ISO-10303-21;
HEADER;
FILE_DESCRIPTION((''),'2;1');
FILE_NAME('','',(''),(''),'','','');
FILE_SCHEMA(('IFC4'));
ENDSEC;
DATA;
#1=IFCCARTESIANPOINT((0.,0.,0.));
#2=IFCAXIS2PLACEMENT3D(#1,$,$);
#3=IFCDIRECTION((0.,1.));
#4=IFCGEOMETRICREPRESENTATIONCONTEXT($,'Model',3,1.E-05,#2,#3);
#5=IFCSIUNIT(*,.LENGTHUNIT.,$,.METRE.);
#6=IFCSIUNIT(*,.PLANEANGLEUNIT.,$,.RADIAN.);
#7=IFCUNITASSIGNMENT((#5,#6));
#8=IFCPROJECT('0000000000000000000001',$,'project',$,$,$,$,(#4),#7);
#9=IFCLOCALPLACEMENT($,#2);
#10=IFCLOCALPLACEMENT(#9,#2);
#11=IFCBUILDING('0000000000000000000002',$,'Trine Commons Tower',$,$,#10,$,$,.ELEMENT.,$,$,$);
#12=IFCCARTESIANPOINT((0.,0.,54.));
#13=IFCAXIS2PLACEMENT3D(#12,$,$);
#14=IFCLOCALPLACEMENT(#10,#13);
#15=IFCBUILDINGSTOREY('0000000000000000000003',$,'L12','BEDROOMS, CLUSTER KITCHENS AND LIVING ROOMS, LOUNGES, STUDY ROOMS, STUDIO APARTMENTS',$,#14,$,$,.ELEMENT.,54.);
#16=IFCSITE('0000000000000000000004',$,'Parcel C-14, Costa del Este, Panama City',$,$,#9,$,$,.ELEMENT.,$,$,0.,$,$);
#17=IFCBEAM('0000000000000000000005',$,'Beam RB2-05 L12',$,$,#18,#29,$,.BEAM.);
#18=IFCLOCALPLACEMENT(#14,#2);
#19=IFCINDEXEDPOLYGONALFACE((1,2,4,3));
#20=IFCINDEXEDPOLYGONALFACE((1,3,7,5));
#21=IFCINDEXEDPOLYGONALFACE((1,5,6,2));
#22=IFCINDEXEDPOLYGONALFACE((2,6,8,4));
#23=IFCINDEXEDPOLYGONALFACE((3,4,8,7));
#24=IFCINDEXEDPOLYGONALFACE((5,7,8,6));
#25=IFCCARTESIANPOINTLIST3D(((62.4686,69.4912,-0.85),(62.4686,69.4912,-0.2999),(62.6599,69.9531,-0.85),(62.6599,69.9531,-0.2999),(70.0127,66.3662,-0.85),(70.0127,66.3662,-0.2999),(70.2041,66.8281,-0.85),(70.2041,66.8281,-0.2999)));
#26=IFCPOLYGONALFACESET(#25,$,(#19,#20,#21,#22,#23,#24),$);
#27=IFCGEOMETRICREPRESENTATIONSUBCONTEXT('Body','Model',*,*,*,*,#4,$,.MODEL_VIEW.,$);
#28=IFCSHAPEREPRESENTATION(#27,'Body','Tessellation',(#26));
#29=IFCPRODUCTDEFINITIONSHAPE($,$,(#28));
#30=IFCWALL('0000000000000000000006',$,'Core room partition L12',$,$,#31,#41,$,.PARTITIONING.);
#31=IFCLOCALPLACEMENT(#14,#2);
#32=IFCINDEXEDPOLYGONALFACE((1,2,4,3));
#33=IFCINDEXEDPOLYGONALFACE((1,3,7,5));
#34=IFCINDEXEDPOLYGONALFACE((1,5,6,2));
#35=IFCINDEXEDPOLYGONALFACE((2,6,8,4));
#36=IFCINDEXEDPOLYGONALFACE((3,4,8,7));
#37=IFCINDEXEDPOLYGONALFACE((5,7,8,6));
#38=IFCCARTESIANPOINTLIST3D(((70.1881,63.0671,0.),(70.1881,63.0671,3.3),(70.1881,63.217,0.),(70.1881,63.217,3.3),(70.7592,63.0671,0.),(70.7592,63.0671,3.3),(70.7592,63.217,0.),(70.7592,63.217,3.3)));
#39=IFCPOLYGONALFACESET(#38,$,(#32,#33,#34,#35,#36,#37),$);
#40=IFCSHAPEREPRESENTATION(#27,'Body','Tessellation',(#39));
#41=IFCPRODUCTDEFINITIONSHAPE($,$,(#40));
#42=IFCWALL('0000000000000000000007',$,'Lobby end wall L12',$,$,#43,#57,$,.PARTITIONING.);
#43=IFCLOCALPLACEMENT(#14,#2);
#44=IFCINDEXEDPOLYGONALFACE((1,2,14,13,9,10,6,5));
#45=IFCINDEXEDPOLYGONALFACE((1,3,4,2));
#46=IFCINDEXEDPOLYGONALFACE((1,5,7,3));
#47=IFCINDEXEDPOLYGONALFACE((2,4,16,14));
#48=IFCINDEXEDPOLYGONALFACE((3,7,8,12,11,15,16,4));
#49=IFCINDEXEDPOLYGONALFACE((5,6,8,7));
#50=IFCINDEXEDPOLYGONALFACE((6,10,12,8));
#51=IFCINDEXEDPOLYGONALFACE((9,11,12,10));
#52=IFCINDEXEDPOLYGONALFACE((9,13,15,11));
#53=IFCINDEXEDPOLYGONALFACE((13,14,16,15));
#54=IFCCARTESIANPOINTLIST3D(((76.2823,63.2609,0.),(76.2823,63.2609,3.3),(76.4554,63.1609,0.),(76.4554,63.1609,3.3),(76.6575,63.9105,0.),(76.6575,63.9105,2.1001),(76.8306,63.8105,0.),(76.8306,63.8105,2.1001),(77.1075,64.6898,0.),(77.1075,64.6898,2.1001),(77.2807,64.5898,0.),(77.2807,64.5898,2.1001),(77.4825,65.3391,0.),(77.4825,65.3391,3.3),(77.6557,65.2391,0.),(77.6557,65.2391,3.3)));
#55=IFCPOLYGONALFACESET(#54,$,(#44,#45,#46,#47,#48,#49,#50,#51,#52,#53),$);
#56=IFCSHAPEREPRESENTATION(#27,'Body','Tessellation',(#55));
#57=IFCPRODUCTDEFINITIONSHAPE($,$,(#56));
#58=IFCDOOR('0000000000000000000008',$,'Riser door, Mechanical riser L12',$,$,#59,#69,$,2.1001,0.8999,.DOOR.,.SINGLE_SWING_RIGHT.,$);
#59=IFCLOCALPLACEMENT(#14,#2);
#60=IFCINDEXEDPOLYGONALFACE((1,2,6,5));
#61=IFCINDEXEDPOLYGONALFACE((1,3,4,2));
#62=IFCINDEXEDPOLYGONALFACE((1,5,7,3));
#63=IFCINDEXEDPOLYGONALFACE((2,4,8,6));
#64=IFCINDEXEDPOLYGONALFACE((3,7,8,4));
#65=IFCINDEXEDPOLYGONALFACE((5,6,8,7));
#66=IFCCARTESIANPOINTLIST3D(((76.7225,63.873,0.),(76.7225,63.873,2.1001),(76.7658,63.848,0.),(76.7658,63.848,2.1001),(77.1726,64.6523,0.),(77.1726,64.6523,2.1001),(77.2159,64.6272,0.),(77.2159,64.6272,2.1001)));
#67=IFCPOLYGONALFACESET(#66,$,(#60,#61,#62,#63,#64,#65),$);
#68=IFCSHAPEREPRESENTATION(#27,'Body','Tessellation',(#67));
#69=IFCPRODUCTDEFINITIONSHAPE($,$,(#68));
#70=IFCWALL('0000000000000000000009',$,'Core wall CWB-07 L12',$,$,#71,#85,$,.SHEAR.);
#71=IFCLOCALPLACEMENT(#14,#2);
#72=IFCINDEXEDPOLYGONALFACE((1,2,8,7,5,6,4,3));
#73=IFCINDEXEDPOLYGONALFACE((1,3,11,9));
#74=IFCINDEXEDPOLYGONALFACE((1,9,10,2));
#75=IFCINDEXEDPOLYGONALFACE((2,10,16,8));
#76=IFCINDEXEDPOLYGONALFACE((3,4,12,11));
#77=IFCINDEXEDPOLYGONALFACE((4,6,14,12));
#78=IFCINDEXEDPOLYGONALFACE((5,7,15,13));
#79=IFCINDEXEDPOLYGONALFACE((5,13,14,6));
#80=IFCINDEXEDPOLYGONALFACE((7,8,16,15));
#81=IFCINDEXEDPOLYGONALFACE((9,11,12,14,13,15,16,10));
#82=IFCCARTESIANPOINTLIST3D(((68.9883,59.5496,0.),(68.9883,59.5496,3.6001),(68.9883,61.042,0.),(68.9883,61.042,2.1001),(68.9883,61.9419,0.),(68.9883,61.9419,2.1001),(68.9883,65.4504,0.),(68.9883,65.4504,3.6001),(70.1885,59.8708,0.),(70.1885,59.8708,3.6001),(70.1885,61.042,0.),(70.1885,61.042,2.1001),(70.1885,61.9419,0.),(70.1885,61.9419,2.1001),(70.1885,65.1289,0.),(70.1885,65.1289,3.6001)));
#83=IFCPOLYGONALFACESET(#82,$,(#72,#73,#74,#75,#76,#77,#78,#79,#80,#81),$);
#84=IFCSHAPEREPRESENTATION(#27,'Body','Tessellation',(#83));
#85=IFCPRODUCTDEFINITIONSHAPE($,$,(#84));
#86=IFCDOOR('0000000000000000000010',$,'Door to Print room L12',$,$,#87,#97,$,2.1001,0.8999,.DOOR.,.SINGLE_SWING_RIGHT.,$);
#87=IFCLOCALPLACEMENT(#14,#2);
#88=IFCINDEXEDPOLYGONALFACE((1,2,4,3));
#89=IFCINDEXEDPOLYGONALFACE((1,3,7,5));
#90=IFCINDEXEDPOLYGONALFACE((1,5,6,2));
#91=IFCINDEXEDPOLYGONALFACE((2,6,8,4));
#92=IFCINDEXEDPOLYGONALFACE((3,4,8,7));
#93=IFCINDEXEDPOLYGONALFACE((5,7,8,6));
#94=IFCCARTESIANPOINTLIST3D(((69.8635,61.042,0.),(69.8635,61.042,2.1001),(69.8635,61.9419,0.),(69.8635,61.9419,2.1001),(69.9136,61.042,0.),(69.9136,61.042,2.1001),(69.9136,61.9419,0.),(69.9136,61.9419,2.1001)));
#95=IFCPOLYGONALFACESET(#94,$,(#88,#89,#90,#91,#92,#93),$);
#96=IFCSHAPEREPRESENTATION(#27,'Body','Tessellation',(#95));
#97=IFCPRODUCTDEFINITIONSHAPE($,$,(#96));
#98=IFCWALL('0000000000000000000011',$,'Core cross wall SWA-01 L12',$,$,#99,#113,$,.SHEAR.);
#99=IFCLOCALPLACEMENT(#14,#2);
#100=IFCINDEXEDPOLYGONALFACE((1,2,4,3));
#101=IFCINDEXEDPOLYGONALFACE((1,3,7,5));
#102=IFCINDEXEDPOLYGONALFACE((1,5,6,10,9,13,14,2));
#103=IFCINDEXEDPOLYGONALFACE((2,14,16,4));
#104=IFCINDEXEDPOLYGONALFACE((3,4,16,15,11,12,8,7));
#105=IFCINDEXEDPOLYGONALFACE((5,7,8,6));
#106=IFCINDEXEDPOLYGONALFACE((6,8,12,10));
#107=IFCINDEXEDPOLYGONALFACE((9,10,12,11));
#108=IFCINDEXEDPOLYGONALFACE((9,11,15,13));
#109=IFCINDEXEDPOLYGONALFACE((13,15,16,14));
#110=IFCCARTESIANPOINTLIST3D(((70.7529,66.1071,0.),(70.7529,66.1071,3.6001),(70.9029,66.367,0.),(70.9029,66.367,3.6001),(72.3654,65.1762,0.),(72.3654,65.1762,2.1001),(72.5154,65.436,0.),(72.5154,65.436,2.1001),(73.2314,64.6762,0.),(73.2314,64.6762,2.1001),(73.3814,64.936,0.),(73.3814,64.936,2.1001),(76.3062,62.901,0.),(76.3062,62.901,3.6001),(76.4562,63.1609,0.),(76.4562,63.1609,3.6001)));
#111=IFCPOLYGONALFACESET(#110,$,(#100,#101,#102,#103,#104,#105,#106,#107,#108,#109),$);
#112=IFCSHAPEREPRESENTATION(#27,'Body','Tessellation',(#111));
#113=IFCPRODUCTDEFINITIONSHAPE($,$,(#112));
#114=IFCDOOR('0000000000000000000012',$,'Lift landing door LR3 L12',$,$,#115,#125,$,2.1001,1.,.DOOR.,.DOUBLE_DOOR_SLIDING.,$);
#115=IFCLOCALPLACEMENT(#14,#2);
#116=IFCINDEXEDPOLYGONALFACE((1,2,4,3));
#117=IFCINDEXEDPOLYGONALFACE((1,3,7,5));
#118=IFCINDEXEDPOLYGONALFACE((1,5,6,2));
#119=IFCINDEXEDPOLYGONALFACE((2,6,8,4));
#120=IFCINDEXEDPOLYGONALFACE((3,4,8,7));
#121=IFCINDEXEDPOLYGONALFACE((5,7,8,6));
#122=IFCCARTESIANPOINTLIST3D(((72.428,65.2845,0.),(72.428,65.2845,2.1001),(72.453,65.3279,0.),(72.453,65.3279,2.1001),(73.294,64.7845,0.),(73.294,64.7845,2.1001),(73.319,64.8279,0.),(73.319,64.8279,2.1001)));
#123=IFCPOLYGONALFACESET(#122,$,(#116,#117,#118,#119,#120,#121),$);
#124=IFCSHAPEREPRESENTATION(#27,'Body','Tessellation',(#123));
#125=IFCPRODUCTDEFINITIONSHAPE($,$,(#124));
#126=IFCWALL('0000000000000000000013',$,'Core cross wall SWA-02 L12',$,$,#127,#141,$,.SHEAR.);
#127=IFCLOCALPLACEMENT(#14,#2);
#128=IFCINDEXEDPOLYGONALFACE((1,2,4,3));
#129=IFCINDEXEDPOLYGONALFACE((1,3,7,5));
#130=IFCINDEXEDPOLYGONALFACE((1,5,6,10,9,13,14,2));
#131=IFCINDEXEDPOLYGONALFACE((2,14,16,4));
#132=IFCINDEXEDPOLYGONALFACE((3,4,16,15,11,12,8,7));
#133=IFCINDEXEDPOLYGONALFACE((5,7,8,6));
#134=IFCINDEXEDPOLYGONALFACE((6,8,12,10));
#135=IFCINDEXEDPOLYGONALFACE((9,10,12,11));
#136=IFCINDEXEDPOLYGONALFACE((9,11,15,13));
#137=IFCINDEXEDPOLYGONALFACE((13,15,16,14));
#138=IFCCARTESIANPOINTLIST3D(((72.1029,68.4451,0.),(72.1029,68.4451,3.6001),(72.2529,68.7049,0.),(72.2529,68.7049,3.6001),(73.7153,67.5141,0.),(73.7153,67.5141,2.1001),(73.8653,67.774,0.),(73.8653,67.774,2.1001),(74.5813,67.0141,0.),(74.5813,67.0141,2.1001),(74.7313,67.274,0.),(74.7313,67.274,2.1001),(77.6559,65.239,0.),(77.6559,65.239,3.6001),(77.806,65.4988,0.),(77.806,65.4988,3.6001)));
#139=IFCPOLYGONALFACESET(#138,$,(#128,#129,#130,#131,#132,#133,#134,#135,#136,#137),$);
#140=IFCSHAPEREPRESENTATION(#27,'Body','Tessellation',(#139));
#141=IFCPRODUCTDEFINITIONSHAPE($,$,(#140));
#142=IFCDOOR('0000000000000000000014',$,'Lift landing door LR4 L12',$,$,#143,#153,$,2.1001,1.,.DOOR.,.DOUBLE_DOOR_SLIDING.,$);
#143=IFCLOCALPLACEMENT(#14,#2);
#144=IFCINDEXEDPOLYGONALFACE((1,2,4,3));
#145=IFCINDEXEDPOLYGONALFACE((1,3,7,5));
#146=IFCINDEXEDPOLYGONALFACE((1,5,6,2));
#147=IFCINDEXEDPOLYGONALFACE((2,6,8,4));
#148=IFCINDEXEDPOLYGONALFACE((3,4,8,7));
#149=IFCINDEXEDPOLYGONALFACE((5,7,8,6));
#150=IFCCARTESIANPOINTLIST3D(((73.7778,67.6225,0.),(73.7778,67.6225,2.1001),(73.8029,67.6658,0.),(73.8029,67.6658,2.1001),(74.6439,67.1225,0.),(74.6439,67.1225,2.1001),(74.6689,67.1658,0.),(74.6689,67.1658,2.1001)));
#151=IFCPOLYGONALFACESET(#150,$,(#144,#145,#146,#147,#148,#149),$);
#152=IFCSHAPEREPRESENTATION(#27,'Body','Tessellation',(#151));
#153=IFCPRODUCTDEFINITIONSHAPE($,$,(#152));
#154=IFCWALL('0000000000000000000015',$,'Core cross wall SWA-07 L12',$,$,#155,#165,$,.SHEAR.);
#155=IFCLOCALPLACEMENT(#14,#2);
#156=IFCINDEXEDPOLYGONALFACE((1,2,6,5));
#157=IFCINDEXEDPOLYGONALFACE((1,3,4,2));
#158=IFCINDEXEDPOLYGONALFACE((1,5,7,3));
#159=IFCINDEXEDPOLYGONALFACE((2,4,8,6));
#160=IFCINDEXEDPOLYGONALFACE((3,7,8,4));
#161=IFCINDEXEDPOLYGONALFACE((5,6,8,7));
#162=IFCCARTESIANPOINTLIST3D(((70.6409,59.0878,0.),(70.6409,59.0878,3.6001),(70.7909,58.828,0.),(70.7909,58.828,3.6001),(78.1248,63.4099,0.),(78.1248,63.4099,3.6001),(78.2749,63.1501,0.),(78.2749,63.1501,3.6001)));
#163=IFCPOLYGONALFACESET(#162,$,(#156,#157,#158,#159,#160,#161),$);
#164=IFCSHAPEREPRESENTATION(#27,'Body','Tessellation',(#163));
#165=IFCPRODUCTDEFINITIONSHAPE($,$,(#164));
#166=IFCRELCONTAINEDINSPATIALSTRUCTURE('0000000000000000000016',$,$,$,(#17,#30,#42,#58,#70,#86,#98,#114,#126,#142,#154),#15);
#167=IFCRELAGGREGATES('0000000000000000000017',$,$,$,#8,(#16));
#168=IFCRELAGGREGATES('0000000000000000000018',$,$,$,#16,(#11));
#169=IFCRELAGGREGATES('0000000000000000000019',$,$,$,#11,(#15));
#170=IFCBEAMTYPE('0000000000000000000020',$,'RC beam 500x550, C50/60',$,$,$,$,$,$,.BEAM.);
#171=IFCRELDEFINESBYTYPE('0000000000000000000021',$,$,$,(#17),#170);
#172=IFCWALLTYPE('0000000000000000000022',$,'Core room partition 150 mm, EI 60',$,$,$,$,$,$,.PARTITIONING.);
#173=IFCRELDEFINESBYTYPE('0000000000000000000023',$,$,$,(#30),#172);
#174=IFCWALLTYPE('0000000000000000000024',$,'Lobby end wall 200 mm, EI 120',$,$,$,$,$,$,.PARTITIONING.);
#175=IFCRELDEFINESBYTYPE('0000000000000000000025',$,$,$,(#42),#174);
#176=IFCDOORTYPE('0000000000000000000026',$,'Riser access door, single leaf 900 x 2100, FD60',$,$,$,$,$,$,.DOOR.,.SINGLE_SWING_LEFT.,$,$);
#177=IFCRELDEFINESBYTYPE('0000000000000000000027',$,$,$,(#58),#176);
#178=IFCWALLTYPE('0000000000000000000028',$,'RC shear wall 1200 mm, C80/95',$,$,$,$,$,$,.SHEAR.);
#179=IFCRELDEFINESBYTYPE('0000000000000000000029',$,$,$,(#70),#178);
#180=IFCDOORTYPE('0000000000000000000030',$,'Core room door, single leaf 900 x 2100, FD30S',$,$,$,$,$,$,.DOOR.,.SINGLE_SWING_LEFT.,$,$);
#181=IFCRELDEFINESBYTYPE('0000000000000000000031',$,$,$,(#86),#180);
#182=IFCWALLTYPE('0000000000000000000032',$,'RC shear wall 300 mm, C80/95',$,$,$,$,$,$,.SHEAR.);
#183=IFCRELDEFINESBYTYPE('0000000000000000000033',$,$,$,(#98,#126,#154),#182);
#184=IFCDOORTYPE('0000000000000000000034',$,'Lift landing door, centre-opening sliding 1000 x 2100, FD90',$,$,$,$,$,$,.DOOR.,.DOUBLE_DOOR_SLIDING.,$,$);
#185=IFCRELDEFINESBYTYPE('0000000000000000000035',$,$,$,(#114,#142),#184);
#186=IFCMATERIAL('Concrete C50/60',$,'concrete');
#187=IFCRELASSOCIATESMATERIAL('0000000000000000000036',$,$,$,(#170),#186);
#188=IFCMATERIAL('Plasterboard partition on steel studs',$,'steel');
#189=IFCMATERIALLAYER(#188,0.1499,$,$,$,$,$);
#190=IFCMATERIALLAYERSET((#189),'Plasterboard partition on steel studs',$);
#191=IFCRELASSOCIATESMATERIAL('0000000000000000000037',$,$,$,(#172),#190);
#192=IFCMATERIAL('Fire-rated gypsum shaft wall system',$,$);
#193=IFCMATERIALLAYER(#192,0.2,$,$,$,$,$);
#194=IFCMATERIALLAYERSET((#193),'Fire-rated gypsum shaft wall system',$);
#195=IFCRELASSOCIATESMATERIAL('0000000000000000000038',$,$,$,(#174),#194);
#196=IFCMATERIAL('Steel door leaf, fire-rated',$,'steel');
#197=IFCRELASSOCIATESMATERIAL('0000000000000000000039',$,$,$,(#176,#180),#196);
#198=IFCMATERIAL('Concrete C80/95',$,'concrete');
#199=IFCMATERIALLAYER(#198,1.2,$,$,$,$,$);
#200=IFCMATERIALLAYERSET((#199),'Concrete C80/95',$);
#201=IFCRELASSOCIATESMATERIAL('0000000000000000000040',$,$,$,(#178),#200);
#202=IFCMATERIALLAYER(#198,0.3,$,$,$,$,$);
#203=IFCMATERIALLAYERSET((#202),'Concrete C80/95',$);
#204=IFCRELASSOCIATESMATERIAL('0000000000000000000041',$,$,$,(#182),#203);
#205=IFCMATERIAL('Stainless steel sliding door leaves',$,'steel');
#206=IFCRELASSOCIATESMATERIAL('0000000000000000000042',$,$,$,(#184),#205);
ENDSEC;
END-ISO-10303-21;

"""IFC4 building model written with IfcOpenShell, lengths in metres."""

from ifc_helpers import new_model, si_unit, direction, frame, frame_2d, origin, origin_2d, place, context, subcontext, project, spatial, polyline, rectangle, outline, extrude, material, layer, layer_set, material_profile, profile_set, type_object, element, fill, save


model = new_model("IFC4")

# Units and contexts
model_context = context("Model", 3, precision=1e-05, world=origin(), true_north=direction((0.0, 1.0)))
body_context = subcontext(model_context, "Body", "Model", "MODEL_VIEW")
ifc_project = project(units=[si_unit("LENGTHUNIT", "METRE"), si_unit("PLANEANGLEUNIT", "RADIAN")], contexts=[model_context])

# Site, building, storey
site_placement = place(None, origin())
site = spatial("IfcSite", under=ifc_project, at=site_placement, Name="Parcel C-14, Costa del Este, Panama City", CompositionType="ELEMENT", RefElevation=0.0)
building_placement = place(site_placement, origin())
building = spatial("IfcBuilding", under=site, at=building_placement, Name="Trine Commons Tower", CompositionType="ELEMENT")
storey_placement = place(building_placement, frame((0.0, 0.0, 54.0)))
storey = spatial("IfcBuildingStorey", under=building, at=storey_placement, Name="L12", Description="BEDROOMS, CLUSTER KITCHENS AND LIVING ROOMS, LOUNGES, STUDY ROOMS, STUDIO APARTMENTS", CompositionType="ELEMENT", Elevation=54.0)

# Beam
ifc_material_1 = material(Name="Concrete C50/60", Category="concrete")
ifc_material_profile = material_profile(ifc_material_1, rectangle(XDim=0.5, YDim=0.55, at=origin_2d()), Name="RC 500x550")
ifc_profile_set = profile_set([ifc_material_profile], Name="Concrete C50/60")
beam_type = type_object("IfcBeamType", Name="RC beam 500x550, C50/60", PredefinedType="BEAM", material=ifc_profile_set)
beam_placement = place(storey_placement, frame((70.1084, 66.5972, -0.575), z_axis=(-0.923875, 0.382693, 0.0), x_axis=(-0.382693, -0.923875, 0.0)))
element("IfcBeam", 1, at=beam_placement, inside=storey, type_object=beam_type, Name="Beam RB2-05 L12", PredefinedType="BEAM", context=body_context, shape_type="SweptSolid", body=[
    extrude(rectangle(XDim=0.5, YDim=0.55, at=origin_2d()), origin(), (0.0, 0.0, 1.0), 8.1658),
])

# Wall
ifc_material_2 = material(Name="Plasterboard partition on steel studs", Category="steel")
ifc_layer_1 = layer(ifc_material_2, 0.1499)
ifc_layer_set_1 = layer_set([ifc_layer_1], Name="Plasterboard partition on steel studs")
wall_type_1 = type_object("IfcWallType", Name="Core room partition 150 mm, EI 60", PredefinedType="PARTITIONING", material=ifc_layer_set_1)
wall_1_placement = place(storey_placement, frame((70.188, 63.1421, 0.0), z_axis=(0.0, 0.0, 1.0), x_axis=(1.0, 0.0, 0.0)))
element("IfcWall", 2, at=wall_1_placement, inside=storey, type_object=wall_type_1, Name="Core room partition L12", PredefinedType="PARTITIONING", context=body_context, shape_type="SweptSolid", body=[
    extrude(rectangle(XDim=0.571, YDim=0.1499, at=frame_2d((0.2856, 0.0))), origin(), (0.0, 0.0, 1.0), 3.3),
])

# Walls, openings, doors
ifc_material_3 = material(Name="Fire-rated gypsum shaft wall system")
ifc_layer_2 = layer(ifc_material_3, 0.2)
ifc_layer_set_2 = layer_set([ifc_layer_2], Name="Fire-rated gypsum shaft wall system")
wall_type_2 = type_object("IfcWallType", Name="Lobby end wall 200 mm, EI 120", PredefinedType="PARTITIONING", material=ifc_layer_set_2)
wall_2_placement = place(storey_placement, frame((77.5691, 65.2891, 0.0), z_axis=(0.0, 0.0, 1.0), x_axis=(-0.500122, -0.865955, 0.0)))
wall_2 = element("IfcWall", 3, at=wall_2_placement, inside=storey, type_object=wall_type_2, Name="Lobby end wall L12", PredefinedType="PARTITIONING", context=body_context, shape_type="SweptSolid", body=[
    extrude(rectangle(XDim=2.3999, YDim=0.2, at=frame_2d((1.2, 0.0))), origin(), (0.0, 0.0, 1.0), 3.3),
])
opening_1_placement = place(wall_2_placement, frame((0.7498, 0.0, 0.0)))
opening_1 = element("IfcOpeningElement", 4, at=opening_1_placement, cuts=wall_2, PredefinedType="OPENING", context=body_context, shape_type="SweptSolid", body=[
    extrude(rectangle(XDim=0.8999, YDim=2.1001, at=frame_2d((0.45, 1.05))), frame((0.0, 0.1099, 0.0), z_axis=(0.0, -1.0, 0.0), x_axis=(1.0, 0.0, 0.0)), (0.0, 0.0, 1.0), 0.22),
])
ifc_material_4 = material(Name="Steel door leaf, fire-rated", Category="steel")
door_type_1 = type_object("IfcDoorType", Name="Riser access door, single leaf 900 x 2100, FD60", OperationType="SINGLE_SWING_LEFT", PredefinedType="DOOR", material=ifc_material_4)
door_1_placement = place(opening_1_placement, frame((0.8999, 0.0, 0.0), z_axis=(0.0, 0.0, 1.0), x_axis=(-1.0, 0.0, 0.0)))
door_1 = element("IfcDoor", 5, at=door_1_placement, inside=storey, type_object=door_type_1, Name="Riser door, Mechanical riser L12", OperationType="SINGLE_SWING_RIGHT", OverallHeight=2.1001, OverallWidth=0.8999, PredefinedType="DOOR", context=body_context, shape_type="SweptSolid", body=[
    extrude(rectangle(XDim=0.8999, YDim=2.1001, at=frame_2d((0.45, 1.05))), frame((0.0, 0.0249, 0.0), z_axis=(0.0, -1.0, 0.0), x_axis=(1.0, 0.0, 0.0)), (0.0, 0.0, 1.0), 0.05),
])
fill(opening_1, door_1)
ifc_material_5 = material(Name="Concrete C80/95", Category="concrete")
ifc_layer_3 = layer(ifc_material_5, 1.2)
ifc_layer_set_3 = layer_set([ifc_layer_3], Name="Concrete C80/95")
wall_type_3 = type_object("IfcWallType", Name="RC shear wall 1200 mm, C80/95", PredefinedType="SHEAR", material=ifc_layer_set_3)
wall_3_placement = place(storey_placement, frame((69.5884, 65.4504, 0.0), z_axis=(0.0, 0.0, 1.0), x_axis=(0.0, -1.0, 0.0)))
wall_3 = element("IfcWall", 6, at=wall_3_placement, inside=storey, type_object=wall_type_3, Name="Core wall CWB-07 L12", PredefinedType="SHEAR", context=body_context, shape_type="SweptSolid", body=[
    extrude(outline(polyline([(0.0, -0.6001), (5.9009, -0.6001), (5.5796, 0.6001), (0.3215, 0.6001), (0.0, -0.6001)])), origin(), (0.0, 0.0, 1.0), 3.6001),
])
opening_2_placement = place(wall_3_placement, frame((3.5085, 0.0, 0.0)))
opening_2 = element("IfcOpeningElement", 7, at=opening_2_placement, cuts=wall_3, PredefinedType="OPENING", context=body_context, shape_type="SweptSolid", body=[
    extrude(rectangle(XDim=0.8999, YDim=2.1001, at=frame_2d((0.45, 1.05))), frame((0.0, 0.6099, 0.0), z_axis=(0.0, -1.0, 0.0), x_axis=(1.0, 0.0, 0.0)), (0.0, 0.0, 1.0), 1.22),
])
door_type_2 = type_object("IfcDoorType", Name="Core room door, single leaf 900 x 2100, FD30S", OperationType="SINGLE_SWING_LEFT", PredefinedType="DOOR", material=ifc_material_4)
door_2_placement = place(opening_2_placement, origin())
door_2 = element("IfcDoor", 8, at=door_2_placement, inside=storey, type_object=door_type_2, Name="Door to Print room L12", OperationType="SINGLE_SWING_RIGHT", OverallHeight=2.1001, OverallWidth=0.8999, PredefinedType="DOOR", context=body_context, shape_type="SweptSolid", body=[
    extrude(rectangle(XDim=0.8999, YDim=2.1001, at=frame_2d((0.45, 1.05))), frame((0.0, 0.3252, 0.0), z_axis=(0.0, -1.0, 0.0), x_axis=(1.0, 0.0, 0.0)), (0.0, 0.0, 1.0), 0.05),
])
fill(opening_2, door_2)
ifc_layer_4 = layer(ifc_material_5, 0.3)
ifc_layer_set_4 = layer_set([ifc_layer_4], Name="Concrete C80/95")
wall_type_4 = type_object("IfcWallType", Name="RC shear wall 300 mm, C80/95", PredefinedType="SHEAR", material=ifc_layer_set_4)
wall_4_placement = place(storey_placement, frame((76.3811, 63.031, 0.0), z_axis=(0.0, 0.0, 1.0), x_axis=(-0.866032, 0.499988, 0.0)))
wall_4 = element("IfcWall", 9, at=wall_4_placement, inside=storey, type_object=wall_type_4, Name="Core cross wall SWA-01 L12", PredefinedType="SHEAR", context=body_context, shape_type="SweptSolid", body=[
    extrude(rectangle(XDim=6.4124, YDim=0.3, at=frame_2d((3.2061, 0.0))), origin(), (0.0, 0.0, 1.0), 3.6001),
])
opening_3_placement = place(wall_4_placement, frame((3.5503, 0.0, 0.0)))
opening_3 = element("IfcOpeningElement", 10, at=opening_3_placement, cuts=wall_4, PredefinedType="OPENING", context=body_context, shape_type="SweptSolid", body=[
    extrude(rectangle(XDim=1.0, YDim=2.1001, at=frame_2d((0.5, 1.05))), frame((0.0, 0.1599, 0.0), z_axis=(0.0, -1.0, 0.0), x_axis=(1.0, 0.0, 0.0)), (0.0, 0.0, 1.0), 0.3201),
])
ifc_material_6 = material(Name="Stainless steel sliding door leaves", Category="steel")
door_type_3 = type_object("IfcDoorType", Name="Lift landing door, centre-opening sliding 1000 x 2100, FD90", OperationType="DOUBLE_DOOR_SLIDING", PredefinedType="DOOR", material=ifc_material_6)
door_3_placement = place(opening_3_placement, origin())
door_3 = element("IfcDoor", 11, at=door_3_placement, inside=storey, type_object=door_type_3, Name="Lift landing door LR3 L12", OperationType="DOUBLE_DOOR_SLIDING", OverallHeight=2.1001, OverallWidth=1.0, PredefinedType="DOOR", context=body_context, shape_type="SweptSolid", body=[
    extrude(rectangle(XDim=1.0, YDim=2.1001, at=frame_2d((0.5, 1.05))), frame((0.0, 0.0249, 0.0), z_axis=(0.0, -1.0, 0.0), x_axis=(1.0, 0.0, 0.0)), (0.0, 0.0, 1.0), 0.05),
])
fill(opening_3, door_3)
wall_5_placement = place(storey_placement, frame((77.731, 65.3689, 0.0), z_axis=(0.0, 0.0, 1.0), x_axis=(-0.866023, 0.500005, 0.0)))
wall_5 = element("IfcWall", 12, at=wall_5_placement, inside=storey, type_object=wall_type_4, Name="Core cross wall SWA-02 L12", PredefinedType="SHEAR", context=body_context, shape_type="SweptSolid", body=[
    extrude(rectangle(XDim=6.4121, YDim=0.3, at=frame_2d((3.2061, 0.0))), origin(), (0.0, 0.0, 1.0), 3.6001),
])
opening_4_placement = place(wall_5_placement, frame((3.5503, 0.0, 0.0)))
opening_4 = element("IfcOpeningElement", 13, at=opening_4_placement, cuts=wall_5, PredefinedType="OPENING", context=body_context, shape_type="SweptSolid", body=[
    extrude(rectangle(XDim=1.0, YDim=2.1001, at=frame_2d((0.5, 1.05))), frame((0.0, 0.1599, 0.0), z_axis=(0.0, -1.0, 0.0), x_axis=(1.0, 0.0, 0.0)), (0.0, 0.0, 1.0), 0.3201),
])
door_4_placement = place(opening_4_placement, origin())
door_4 = element("IfcDoor", 14, at=door_4_placement, inside=storey, type_object=door_type_3, Name="Lift landing door LR4 L12", OperationType="DOUBLE_DOOR_SLIDING", OverallHeight=2.1001, OverallWidth=1.0, PredefinedType="DOOR", context=body_context, shape_type="SweptSolid", body=[
    extrude(rectangle(XDim=1.0, YDim=2.1001, at=frame_2d((0.5, 1.05))), frame((0.0, 0.0249, 0.0), z_axis=(0.0, -1.0, 0.0), x_axis=(1.0, 0.0, 0.0)), (0.0, 0.0, 1.0), 0.05),
])
fill(opening_4, door_4)

# Wall
wall_6_placement = place(storey_placement, frame((78.2, 63.28, 0.0), z_axis=(0.0, 0.0, 1.0), x_axis=(-0.865965, -0.500104, 0.0)))
element("IfcWall", 15, at=wall_6_placement, inside=storey, type_object=wall_type_4, Name="Core cross wall SWA-07 L12", PredefinedType="SHEAR", context=body_context, shape_type="SweptSolid", body=[
    extrude(rectangle(XDim=8.6423, YDim=0.3, at=frame_2d((4.3213, 0.0))), origin(), (0.0, 0.0, 1.0), 3.6001),
])

save(model, "model.ifc")
